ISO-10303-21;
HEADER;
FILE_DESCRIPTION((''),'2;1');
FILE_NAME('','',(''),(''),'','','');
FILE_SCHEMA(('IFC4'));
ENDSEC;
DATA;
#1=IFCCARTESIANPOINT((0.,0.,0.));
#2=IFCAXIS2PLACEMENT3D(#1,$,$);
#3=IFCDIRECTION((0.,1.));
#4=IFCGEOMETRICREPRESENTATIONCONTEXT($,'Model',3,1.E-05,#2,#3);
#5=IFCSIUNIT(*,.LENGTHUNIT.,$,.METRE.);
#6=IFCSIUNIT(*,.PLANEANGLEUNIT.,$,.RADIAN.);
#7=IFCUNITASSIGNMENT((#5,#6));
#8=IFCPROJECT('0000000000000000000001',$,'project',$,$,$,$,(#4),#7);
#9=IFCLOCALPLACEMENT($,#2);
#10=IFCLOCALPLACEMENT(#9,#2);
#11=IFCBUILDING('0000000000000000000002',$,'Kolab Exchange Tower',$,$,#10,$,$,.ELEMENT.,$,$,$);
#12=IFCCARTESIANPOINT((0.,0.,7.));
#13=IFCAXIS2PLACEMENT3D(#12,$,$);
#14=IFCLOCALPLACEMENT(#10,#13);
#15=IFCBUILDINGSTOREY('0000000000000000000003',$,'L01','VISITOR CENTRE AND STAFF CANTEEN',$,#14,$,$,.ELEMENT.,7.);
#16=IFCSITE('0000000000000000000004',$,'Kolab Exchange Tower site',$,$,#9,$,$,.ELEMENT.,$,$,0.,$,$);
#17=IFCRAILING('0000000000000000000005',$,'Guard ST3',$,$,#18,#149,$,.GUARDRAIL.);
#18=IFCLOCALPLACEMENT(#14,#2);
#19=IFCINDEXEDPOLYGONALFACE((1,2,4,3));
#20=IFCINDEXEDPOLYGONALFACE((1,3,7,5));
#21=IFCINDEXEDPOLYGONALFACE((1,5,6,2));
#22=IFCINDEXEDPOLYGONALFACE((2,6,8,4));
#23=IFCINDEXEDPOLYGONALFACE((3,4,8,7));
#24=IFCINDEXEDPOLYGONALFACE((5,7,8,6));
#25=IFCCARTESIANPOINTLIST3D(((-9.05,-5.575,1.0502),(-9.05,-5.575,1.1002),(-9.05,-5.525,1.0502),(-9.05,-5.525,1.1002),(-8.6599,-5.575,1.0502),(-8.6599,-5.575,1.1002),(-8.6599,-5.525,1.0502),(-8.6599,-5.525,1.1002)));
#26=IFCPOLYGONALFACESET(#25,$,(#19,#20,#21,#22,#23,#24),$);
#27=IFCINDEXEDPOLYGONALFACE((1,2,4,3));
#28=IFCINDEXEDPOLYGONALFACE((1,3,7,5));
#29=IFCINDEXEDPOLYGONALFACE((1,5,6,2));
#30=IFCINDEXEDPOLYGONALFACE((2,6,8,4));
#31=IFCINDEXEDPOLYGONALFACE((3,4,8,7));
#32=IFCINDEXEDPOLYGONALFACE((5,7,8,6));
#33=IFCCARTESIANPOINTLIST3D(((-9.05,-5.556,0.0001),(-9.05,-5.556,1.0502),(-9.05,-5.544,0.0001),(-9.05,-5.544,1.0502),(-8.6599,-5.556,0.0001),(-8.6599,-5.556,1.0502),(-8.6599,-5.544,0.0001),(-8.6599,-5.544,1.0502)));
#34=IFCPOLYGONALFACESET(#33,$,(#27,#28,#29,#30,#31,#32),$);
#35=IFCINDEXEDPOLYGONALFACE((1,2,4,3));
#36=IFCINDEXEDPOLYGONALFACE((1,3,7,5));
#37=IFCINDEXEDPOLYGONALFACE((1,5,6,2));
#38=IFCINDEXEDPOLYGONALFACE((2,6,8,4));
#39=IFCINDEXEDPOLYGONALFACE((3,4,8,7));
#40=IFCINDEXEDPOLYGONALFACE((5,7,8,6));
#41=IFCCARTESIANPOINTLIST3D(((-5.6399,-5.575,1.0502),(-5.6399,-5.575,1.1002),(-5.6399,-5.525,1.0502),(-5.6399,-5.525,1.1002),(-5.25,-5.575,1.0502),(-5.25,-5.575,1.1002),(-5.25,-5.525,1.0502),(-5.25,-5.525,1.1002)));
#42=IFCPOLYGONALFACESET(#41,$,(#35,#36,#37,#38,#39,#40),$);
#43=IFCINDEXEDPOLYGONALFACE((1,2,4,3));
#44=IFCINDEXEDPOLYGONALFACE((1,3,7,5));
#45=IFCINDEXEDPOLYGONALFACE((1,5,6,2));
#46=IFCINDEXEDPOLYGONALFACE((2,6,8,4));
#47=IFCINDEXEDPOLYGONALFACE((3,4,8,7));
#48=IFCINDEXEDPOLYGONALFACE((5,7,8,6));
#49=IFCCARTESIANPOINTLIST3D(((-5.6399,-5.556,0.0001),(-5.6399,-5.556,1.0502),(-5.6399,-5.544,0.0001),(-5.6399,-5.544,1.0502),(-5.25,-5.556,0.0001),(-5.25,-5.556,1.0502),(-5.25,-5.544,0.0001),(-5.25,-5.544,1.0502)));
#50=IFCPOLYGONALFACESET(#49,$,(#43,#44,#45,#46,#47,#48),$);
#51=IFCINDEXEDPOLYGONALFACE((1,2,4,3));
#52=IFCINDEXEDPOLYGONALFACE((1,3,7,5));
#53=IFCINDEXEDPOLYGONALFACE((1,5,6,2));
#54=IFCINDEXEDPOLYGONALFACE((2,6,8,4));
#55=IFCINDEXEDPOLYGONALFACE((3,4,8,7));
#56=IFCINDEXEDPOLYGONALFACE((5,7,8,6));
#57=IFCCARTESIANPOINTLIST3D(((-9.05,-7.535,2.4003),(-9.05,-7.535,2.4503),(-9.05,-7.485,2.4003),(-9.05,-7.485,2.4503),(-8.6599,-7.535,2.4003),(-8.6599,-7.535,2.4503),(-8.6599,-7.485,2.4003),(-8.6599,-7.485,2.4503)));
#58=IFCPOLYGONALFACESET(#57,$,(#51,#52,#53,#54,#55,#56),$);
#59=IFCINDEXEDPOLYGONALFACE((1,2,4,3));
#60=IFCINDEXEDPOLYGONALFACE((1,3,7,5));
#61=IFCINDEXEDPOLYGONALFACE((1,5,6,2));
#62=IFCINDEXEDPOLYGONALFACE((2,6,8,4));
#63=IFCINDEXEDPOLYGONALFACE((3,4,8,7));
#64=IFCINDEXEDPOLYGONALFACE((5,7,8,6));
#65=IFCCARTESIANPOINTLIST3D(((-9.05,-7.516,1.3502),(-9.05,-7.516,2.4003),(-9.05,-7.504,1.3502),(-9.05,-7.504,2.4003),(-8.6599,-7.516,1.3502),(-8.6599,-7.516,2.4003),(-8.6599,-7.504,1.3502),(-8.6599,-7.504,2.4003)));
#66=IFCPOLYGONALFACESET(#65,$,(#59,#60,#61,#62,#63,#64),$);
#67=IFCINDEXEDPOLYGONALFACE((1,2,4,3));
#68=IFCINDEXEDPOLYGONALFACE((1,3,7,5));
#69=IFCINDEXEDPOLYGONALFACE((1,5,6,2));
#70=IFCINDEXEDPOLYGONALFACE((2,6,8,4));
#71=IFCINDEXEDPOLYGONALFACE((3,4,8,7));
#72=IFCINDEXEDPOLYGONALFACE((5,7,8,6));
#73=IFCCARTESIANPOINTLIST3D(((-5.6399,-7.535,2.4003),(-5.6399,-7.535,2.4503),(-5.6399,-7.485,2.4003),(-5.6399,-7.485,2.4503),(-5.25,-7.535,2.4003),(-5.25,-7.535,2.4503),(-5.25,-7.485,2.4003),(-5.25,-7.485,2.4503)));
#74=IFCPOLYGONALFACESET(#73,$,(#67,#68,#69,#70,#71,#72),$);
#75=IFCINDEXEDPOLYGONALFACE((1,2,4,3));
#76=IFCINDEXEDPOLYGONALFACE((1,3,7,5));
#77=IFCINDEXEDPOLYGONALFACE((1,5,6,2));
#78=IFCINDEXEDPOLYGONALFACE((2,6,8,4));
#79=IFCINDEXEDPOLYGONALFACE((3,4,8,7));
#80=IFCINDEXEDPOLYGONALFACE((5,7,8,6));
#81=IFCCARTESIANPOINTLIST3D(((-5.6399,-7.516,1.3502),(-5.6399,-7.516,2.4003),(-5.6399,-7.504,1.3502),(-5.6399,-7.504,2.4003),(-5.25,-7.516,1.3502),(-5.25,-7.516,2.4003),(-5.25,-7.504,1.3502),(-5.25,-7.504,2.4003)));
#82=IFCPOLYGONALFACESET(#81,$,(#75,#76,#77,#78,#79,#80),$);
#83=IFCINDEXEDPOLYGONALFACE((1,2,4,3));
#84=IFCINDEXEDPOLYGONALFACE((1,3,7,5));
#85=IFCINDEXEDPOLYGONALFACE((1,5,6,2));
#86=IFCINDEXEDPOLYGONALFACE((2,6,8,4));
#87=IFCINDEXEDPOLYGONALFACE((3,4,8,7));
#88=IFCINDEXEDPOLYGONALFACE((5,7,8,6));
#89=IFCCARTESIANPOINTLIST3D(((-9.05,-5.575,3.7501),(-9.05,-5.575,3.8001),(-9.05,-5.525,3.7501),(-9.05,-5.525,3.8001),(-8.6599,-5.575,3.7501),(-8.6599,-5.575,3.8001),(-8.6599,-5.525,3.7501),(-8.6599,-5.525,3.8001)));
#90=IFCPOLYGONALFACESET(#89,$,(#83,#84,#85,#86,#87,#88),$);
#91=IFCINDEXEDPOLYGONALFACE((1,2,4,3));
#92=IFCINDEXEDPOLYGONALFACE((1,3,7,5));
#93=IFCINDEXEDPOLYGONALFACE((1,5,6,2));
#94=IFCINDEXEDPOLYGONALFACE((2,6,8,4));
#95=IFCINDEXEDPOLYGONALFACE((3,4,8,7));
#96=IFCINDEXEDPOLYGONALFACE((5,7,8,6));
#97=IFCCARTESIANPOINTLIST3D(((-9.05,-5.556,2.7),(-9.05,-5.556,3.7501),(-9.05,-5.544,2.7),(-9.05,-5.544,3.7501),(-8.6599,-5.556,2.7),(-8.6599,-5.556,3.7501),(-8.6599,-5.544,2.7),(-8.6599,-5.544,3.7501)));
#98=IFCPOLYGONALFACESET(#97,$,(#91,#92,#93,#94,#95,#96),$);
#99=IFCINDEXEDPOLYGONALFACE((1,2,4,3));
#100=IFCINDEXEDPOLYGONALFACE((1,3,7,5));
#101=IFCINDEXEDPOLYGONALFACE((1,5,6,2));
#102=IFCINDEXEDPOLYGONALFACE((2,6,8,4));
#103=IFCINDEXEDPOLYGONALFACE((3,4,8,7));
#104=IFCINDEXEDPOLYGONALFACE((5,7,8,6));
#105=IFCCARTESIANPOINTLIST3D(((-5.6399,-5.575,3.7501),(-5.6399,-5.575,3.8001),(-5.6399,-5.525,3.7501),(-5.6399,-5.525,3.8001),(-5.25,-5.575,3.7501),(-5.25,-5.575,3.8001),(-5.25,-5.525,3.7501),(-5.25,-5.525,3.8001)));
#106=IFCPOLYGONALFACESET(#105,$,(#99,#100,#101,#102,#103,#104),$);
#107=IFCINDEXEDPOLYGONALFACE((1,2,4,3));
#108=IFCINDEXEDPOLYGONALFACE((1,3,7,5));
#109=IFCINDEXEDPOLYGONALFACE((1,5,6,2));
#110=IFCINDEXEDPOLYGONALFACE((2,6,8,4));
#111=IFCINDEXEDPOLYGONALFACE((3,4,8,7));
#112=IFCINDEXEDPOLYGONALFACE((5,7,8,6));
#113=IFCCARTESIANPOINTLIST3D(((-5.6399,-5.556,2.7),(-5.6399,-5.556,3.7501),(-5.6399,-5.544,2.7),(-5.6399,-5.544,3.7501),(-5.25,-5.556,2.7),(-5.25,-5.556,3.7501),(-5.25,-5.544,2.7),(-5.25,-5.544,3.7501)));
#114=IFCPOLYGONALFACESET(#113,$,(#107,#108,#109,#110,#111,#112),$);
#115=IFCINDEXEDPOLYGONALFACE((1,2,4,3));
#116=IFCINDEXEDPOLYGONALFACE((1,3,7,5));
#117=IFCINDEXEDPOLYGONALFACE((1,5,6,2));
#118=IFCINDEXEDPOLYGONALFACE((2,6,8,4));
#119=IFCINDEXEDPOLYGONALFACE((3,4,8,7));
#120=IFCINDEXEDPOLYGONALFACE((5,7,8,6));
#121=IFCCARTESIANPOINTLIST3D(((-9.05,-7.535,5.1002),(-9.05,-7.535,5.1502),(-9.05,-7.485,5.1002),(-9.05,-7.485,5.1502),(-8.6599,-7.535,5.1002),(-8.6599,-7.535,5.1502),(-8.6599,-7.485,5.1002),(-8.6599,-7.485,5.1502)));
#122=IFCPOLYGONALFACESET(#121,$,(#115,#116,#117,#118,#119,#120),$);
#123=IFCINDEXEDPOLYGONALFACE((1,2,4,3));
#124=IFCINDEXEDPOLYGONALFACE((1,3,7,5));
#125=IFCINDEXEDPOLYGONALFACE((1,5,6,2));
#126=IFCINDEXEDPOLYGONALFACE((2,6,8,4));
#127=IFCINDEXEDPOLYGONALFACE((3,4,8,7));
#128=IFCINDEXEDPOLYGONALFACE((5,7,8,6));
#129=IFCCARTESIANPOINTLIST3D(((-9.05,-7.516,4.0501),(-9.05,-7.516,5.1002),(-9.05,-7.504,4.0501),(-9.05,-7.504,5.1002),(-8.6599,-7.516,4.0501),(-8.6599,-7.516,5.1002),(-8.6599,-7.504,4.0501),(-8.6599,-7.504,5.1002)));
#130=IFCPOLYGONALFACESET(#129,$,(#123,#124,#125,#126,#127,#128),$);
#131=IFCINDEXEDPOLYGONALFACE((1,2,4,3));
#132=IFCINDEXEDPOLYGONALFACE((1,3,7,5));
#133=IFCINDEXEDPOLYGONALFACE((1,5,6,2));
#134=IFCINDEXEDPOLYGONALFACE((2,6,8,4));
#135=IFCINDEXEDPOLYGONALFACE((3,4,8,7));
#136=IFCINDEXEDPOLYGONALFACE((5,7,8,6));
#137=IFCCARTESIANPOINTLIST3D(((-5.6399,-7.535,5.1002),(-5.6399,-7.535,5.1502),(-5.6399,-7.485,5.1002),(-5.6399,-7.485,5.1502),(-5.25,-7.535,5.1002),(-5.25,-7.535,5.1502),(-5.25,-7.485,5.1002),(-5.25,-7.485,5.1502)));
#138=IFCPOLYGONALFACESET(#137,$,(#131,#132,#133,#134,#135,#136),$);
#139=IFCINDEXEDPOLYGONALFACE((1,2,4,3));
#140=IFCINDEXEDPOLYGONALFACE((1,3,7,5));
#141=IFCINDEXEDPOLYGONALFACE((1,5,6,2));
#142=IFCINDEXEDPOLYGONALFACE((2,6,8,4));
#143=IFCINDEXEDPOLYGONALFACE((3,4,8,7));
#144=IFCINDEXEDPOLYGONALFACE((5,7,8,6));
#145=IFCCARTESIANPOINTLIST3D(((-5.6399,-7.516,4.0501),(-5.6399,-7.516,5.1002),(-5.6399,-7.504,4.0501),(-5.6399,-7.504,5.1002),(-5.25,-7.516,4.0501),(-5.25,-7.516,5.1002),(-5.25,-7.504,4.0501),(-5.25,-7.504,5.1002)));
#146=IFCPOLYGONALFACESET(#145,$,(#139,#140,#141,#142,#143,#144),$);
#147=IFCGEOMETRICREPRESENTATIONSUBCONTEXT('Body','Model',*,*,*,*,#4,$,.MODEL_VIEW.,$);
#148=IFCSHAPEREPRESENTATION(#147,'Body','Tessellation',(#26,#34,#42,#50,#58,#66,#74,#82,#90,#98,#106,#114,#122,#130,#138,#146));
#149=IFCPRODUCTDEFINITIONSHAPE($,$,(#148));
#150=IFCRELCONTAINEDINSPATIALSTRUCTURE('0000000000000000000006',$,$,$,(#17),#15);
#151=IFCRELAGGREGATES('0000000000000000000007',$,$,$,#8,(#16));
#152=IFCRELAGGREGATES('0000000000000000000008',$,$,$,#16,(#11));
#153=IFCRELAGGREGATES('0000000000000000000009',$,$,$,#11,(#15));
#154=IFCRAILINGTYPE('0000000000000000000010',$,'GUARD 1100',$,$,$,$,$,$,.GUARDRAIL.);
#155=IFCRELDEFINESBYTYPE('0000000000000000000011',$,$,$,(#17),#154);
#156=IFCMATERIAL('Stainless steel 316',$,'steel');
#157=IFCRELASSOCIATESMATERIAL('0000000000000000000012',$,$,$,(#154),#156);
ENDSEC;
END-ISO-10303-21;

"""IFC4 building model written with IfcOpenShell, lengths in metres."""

from ifc_helpers import new_model, si_unit, direction, frame, frame_2d, origin, origin_2d, place, context, subcontext, project, spatial, rectangle, extrude, material, type_object, element, save


model = new_model("IFC4")

# Units and contexts
model_context = context("Model", 3, precision=1e-05, world=origin(), true_north=direction((0.0, 1.0)))
body_context = subcontext(model_context, "Body", "Model", "MODEL_VIEW")
ifc_project = project(units=[si_unit("LENGTHUNIT", "METRE"), si_unit("PLANEANGLEUNIT", "RADIAN")], contexts=[model_context])

# Site, building, storey
site_placement = place(None, origin())
site = spatial("IfcSite", under=ifc_project, at=site_placement, Name="Kolab Exchange Tower site", CompositionType="ELEMENT", RefElevation=0.0)
building_placement = place(site_placement, origin())
building = spatial("IfcBuilding", under=site, at=building_placement, Name="Kolab Exchange Tower", CompositionType="ELEMENT")
storey_placement = place(building_placement, frame((0.0, 0.0, 7.0)))
storey = spatial("IfcBuildingStorey", under=building, at=storey_placement, Name="L01", Description="VISITOR CENTRE AND STAFF CANTEEN", CompositionType="ELEMENT", Elevation=7.0)

# Railing
ifc_material_1 = material(Name="Stainless steel 316", Category="steel")
railing_type = type_object("IfcRailingType", Name="GUARD 1100", PredefinedType="GUARDRAIL", material=ifc_material_1)
railing_placement = place(storey_placement, frame((-9.05, -5.55, 0.0)))
element("IfcRailing", 1, at=railing_placement, inside=storey, type_object=railing_type, Name="Guard ST3", PredefinedType="GUARDRAIL", context=body_context, shape_type="SweptSolid", body=[
    extrude(rectangle(XDim=0.05, YDim=0.05, at=origin_2d()), frame((0.0, 0.0, 1.0752), z_axis=(1.0, 0.0, 0.0), x_axis=(0.0, 1.0, 0.0)), (0.0, 0.0, 1.0), 0.3901),
    extrude(rectangle(XDim=0.012, YDim=1.0501, at=frame_2d((0.0, 0.5251))), frame((0.0, 0.0, 0.0), z_axis=(1.0, 0.0, 0.0), x_axis=(0.0, 1.0, 0.0)), (0.0, 0.0, 1.0), 0.3901),
    extrude(rectangle(XDim=0.05, YDim=0.05, at=origin_2d()), frame((3.4102, 0.0, 1.0752), z_axis=(1.0, 0.0, 0.0), x_axis=(0.0, 1.0, 0.0)), (0.0, 0.0, 1.0), 0.3899),
    extrude(rectangle(XDim=0.012, YDim=1.0501, at=frame_2d((0.0, 0.5251))), frame((3.4102, 0.0, 0.0), z_axis=(1.0, 0.0, 0.0), x_axis=(0.0, 1.0, 0.0)), (0.0, 0.0, 1.0), 0.3899),
    extrude(rectangle(XDim=0.05, YDim=0.05, at=origin_2d()), frame((0.0, -1.96, 2.4253), z_axis=(1.0, 0.0, 0.0), x_axis=(0.0, 1.0, 0.0)), (0.0, 0.0, 1.0), 0.3901),
    extrude(rectangle(XDim=0.012, YDim=1.0501, at=frame_2d((0.0, 0.5251))), frame((0.0, -1.96, 1.3501), z_axis=(1.0, 0.0, 0.0), x_axis=(0.0, 1.0, 0.0)), (0.0, 0.0, 1.0), 0.3901),
    extrude(rectangle(XDim=0.05, YDim=0.05, at=origin_2d()), frame((3.4102, -1.96, 2.4253), z_axis=(1.0, 0.0, 0.0), x_axis=(0.0, 1.0, 0.0)), (0.0, 0.0, 1.0), 0.3899),
    extrude(rectangle(XDim=0.012, YDim=1.0501, at=frame_2d((0.0, 0.5251))), frame((3.4102, -1.96, 1.3501), z_axis=(1.0, 0.0, 0.0), x_axis=(0.0, 1.0, 0.0)), (0.0, 0.0, 1.0), 0.3899),
    extrude(rectangle(XDim=0.05, YDim=0.05, at=origin_2d()), frame((0.0, 0.0, 3.7751), z_axis=(1.0, 0.0, 0.0), x_axis=(0.0, 1.0, 0.0)), (0.0, 0.0, 1.0), 0.3901),
    extrude(rectangle(XDim=0.012, YDim=1.0501, at=frame_2d((0.0, 0.5251))), frame((0.0, 0.0, 2.7), z_axis=(1.0, 0.0, 0.0), x_axis=(0.0, 1.0, 0.0)), (0.0, 0.0, 1.0), 0.3901),
    extrude(rectangle(XDim=0.05, YDim=0.05, at=origin_2d()), frame((3.4102, 0.0, 3.7751), z_axis=(1.0, 0.0, 0.0), x_axis=(0.0, 1.0, 0.0)), (0.0, 0.0, 1.0), 0.3899),
    extrude(rectangle(XDim=0.012, YDim=1.0501, at=frame_2d((0.0, 0.5251))), frame((3.4102, 0.0, 2.7), z_axis=(1.0, 0.0, 0.0), x_axis=(0.0, 1.0, 0.0)), (0.0, 0.0, 1.0), 0.3899),
    extrude(rectangle(XDim=0.05, YDim=0.05, at=origin_2d()), frame((0.0, -1.96, 5.1252), z_axis=(1.0, 0.0, 0.0), x_axis=(0.0, 1.0, 0.0)), (0.0, 0.0, 1.0), 0.3901),
    extrude(rectangle(XDim=0.012, YDim=1.0501, at=frame_2d((0.0, 0.5251))), frame((0.0, -1.96, 4.05), z_axis=(1.0, 0.0, 0.0), x_axis=(0.0, 1.0, 0.0)), (0.0, 0.0, 1.0), 0.3901),
    extrude(rectangle(XDim=0.05, YDim=0.05, at=origin_2d()), frame((3.4102, -1.96, 5.1252), z_axis=(1.0, 0.0, 0.0), x_axis=(0.0, 1.0, 0.0)), (0.0, 0.0, 1.0), 0.3899),
    extrude(rectangle(XDim=0.012, YDim=1.0501, at=frame_2d((0.0, 0.5251))), frame((3.4102, -1.96, 4.05), z_axis=(1.0, 0.0, 0.0), x_axis=(0.0, 1.0, 0.0)), (0.0, 0.0, 1.0), 0.3899),
])

save(model, "model.ifc")
